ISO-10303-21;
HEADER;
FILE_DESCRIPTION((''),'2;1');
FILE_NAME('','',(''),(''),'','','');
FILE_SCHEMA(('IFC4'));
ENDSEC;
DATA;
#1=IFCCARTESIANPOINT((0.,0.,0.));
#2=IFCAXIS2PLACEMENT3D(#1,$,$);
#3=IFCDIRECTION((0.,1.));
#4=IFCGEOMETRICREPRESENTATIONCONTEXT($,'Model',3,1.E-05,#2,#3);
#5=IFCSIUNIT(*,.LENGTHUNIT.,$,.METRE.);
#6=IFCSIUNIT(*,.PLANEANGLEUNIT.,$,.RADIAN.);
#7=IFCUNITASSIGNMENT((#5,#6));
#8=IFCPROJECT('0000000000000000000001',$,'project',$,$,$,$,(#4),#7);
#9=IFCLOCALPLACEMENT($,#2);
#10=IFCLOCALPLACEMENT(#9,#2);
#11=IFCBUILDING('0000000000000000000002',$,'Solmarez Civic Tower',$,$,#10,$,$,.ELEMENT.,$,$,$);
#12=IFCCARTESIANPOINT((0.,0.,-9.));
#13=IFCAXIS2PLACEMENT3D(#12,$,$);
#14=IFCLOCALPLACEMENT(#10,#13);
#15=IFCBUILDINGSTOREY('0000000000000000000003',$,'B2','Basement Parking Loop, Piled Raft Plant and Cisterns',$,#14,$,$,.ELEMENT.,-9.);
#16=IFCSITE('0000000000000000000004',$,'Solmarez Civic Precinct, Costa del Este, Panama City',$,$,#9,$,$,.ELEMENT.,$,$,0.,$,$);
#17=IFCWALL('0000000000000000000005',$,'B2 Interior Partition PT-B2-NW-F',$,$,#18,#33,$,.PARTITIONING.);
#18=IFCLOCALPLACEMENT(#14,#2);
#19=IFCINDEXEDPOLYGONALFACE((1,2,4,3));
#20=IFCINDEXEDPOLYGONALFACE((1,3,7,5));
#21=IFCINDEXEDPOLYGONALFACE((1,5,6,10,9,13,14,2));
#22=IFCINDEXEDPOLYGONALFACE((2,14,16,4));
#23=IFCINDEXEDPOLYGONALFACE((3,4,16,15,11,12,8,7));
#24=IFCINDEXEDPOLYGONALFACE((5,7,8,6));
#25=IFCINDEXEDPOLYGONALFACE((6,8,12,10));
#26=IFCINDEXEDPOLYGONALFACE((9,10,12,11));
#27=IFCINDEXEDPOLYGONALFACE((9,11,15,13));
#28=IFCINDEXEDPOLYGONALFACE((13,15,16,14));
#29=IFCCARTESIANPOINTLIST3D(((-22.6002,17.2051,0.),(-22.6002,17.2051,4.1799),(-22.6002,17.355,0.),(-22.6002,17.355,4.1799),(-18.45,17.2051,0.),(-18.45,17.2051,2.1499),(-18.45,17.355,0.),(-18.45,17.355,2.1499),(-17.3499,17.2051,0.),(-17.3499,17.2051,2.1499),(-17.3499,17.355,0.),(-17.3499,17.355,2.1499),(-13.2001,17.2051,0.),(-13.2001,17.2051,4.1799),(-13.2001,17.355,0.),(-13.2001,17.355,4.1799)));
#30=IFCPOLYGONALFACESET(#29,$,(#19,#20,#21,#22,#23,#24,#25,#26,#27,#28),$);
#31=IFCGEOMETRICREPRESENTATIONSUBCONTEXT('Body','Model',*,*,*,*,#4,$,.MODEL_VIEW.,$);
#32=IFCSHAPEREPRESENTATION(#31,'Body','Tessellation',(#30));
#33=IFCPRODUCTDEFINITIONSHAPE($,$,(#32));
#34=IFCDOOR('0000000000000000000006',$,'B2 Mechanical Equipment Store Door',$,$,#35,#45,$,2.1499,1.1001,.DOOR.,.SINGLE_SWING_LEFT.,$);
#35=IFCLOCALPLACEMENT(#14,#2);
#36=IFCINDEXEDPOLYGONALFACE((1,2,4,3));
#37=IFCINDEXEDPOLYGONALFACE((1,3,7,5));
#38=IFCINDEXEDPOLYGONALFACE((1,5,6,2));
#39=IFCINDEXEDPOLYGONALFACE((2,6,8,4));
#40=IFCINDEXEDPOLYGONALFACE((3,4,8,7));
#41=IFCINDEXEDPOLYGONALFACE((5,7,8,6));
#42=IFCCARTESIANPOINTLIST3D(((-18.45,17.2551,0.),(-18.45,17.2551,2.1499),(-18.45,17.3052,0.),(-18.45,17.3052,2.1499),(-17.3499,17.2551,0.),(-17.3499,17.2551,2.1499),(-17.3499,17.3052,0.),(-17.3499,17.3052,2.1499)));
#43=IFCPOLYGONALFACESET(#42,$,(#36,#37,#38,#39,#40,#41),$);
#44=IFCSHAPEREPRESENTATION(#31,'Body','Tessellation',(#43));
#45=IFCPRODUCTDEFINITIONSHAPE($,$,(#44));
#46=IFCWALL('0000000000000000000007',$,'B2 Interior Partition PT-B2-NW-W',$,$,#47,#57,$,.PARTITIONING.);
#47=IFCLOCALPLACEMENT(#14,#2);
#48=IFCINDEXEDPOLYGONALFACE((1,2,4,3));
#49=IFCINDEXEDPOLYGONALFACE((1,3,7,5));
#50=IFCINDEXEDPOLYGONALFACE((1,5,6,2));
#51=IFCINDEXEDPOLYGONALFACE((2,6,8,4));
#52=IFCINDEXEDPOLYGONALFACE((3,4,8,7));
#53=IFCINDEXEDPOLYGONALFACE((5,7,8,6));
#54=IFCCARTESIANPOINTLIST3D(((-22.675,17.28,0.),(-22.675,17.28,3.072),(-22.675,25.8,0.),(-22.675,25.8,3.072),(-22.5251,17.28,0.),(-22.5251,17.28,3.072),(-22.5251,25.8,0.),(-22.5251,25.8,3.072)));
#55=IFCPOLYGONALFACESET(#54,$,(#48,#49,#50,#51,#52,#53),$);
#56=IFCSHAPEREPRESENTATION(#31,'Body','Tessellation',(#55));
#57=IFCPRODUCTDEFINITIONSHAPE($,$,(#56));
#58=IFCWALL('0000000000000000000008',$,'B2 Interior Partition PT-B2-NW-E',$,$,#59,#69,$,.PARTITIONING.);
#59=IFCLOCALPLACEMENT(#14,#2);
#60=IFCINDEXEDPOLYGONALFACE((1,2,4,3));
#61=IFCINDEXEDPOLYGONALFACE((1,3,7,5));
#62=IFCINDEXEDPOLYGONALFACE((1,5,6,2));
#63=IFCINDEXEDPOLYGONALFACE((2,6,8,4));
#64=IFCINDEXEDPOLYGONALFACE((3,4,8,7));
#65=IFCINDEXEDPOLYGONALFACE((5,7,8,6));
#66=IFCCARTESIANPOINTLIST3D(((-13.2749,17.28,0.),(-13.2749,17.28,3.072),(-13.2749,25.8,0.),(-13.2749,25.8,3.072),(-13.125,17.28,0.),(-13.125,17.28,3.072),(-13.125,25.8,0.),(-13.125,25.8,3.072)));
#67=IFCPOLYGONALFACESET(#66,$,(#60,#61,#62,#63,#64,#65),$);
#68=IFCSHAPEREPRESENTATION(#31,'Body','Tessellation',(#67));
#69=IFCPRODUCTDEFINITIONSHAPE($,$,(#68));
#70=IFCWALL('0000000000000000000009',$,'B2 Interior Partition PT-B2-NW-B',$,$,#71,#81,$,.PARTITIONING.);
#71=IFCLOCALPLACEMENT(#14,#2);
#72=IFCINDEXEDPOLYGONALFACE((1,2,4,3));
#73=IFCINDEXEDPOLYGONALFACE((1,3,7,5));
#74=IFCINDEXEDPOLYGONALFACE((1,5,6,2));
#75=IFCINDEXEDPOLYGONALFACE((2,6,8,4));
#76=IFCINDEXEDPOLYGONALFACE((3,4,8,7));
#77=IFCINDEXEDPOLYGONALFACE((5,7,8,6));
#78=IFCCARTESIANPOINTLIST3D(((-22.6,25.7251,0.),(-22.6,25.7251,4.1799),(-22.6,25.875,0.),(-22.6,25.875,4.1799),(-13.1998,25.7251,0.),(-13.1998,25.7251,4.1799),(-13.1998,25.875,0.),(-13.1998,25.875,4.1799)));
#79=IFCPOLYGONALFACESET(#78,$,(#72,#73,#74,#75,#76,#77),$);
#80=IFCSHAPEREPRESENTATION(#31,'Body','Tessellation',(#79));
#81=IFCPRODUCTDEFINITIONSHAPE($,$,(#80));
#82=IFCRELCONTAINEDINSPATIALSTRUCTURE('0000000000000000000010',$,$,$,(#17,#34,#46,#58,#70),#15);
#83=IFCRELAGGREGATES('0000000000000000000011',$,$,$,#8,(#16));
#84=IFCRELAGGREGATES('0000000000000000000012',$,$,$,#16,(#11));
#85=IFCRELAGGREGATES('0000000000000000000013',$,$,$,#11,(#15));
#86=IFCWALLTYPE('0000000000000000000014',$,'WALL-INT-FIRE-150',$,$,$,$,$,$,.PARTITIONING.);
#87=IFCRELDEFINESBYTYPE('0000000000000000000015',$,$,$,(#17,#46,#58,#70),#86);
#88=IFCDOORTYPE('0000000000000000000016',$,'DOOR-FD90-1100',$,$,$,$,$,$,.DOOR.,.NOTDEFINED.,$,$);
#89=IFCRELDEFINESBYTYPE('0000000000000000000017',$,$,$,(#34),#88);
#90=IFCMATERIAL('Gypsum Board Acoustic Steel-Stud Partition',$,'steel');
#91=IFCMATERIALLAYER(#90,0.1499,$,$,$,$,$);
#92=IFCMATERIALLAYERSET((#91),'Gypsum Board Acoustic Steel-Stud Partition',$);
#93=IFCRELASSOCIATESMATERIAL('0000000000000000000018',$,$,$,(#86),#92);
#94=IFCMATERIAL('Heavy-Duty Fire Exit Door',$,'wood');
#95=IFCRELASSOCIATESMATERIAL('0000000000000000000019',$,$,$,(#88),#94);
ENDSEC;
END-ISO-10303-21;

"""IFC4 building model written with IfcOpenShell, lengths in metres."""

from ifc_helpers import new_model, si_unit, direction, frame, frame_2d, origin, place, context, subcontext, project, spatial, rectangle, extrude, material, layer, layer_set, type_object, element, fill, save


model = new_model("IFC4")

# Units and contexts
model_context = context("Model", 3, precision=1e-05, world=origin(), true_north=direction((0.0, 1.0)))
body_context = subcontext(model_context, "Body", "Model", "MODEL_VIEW")
ifc_project = project(units=[si_unit("LENGTHUNIT", "METRE"), si_unit("PLANEANGLEUNIT", "RADIAN")], contexts=[model_context])

# Site, building, storey
site_placement = place(None, origin())
site = spatial("IfcSite", under=ifc_project, at=site_placement, Name="Solmarez Civic Precinct, Costa del Este, Panama City", CompositionType="ELEMENT", RefElevation=0.0)
building_placement = place(site_placement, origin())
building = spatial("IfcBuilding", under=site, at=building_placement, Name="Solmarez Civic Tower", CompositionType="ELEMENT")
storey_placement = place(building_placement, frame((0.0, 0.0, -9.0)))
storey = spatial("IfcBuildingStorey", under=building, at=storey_placement, Name="B2", Description="Basement Parking Loop, Piled Raft Plant and Cisterns", CompositionType="ELEMENT", Elevation=-9.0)

# Shared definitions
ifc_material_1 = material(Name="Gypsum Board Acoustic Steel-Stud Partition", Category="steel")
ifc_layer_1 = layer(ifc_material_1, 0.1499)
ifc_layer_set_1 = layer_set([ifc_layer_1], Name="Gypsum Board Acoustic Steel-Stud Partition")
wall_type = type_object("IfcWallType", Name="WALL-INT-FIRE-150", PredefinedType="PARTITIONING", material=ifc_layer_set_1)

# Wall, opening, door
wall_1_placement = place(storey_placement, frame((-13.2, 17.28, 0.0), z_axis=(0.0, 0.0, 1.0), x_axis=(-1.0, 0.0, 0.0)))
wall_1 = element("IfcWall", 1, at=wall_1_placement, inside=storey, type_object=wall_type, Name="B2 Interior Partition PT-B2-NW-F", PredefinedType="PARTITIONING", context=body_context, shape_type="SweptSolid", body=[
    extrude(rectangle(XDim=9.4001, YDim=0.1499, at=frame_2d((4.7002, 0.0))), origin(), (0.0, 0.0, 1.0), 4.1799),
])
opening_placement = place(wall_1_placement, frame((4.1499, 0.0, 0.0)))
opening = element("IfcOpeningElement", 2, at=opening_placement, cuts=wall_1, PredefinedType="OPENING", context=body_context, shape_type="SweptSolid", body=[
    extrude(rectangle(XDim=1.1001, YDim=2.1499, at=frame_2d((0.55, 1.075))), frame((0.0, 0.085, 0.0), z_axis=(0.0, -1.0, 0.0), x_axis=(1.0, 0.0, 0.0)), (0.0, 0.0, 1.0), 0.1699),
])
ifc_material_2 = material(Name="Heavy-Duty Fire Exit Door", Category="wood")
door_type = type_object("IfcDoorType", Name="DOOR-FD90-1100", OperationType="NOTDEFINED", PredefinedType="DOOR", material=ifc_material_2)
door_placement = place(opening_placement, origin())
door = element("IfcDoor", 3, at=door_placement, inside=storey, type_object=door_type, Name="B2 Mechanical Equipment Store Door", OperationType="SINGLE_SWING_LEFT", OverallHeight=2.1499, OverallWidth=1.1001, PredefinedType="DOOR", context=body_context, shape_type="SweptSolid", body=[
    extrude(rectangle(XDim=1.1001, YDim=2.1499, at=frame_2d((0.55, 1.075))), frame((0.0, 0.0249, 0.0), z_axis=(0.0, -1.0, 0.0), x_axis=(1.0, 0.0, 0.0)), (0.0, 0.0, 1.0), 0.05),
])
fill(opening, door)

# Walls
for number, where, z_axis, x_axis, name in (
    (4, (-22.6001, 17.28, 0.0), (0.0, 0.0, 1.0), (0.0, 1.0, 0.0), "B2 Interior Partition PT-B2-NW-W"),
    (5, (-13.2, 17.28, 0.0), (0.0, 0.0, 1.0), (0.0, 1.0, 0.0), "B2 Interior Partition PT-B2-NW-E"),
):
    element("IfcWall", number, at=place(storey_placement, frame(where, z_axis=z_axis, x_axis=x_axis)), inside=storey, type_object=wall_type, Name=name, PredefinedType="PARTITIONING", context=body_context, shape_type="SweptSolid", body=[
        extrude(rectangle(XDim=8.52, YDim=0.1499, at=frame_2d((4.26, 0.0))), origin(), (0.0, 0.0, 1.0), 3.072),
    ])
wall_2_placement = place(storey_placement, frame((-22.6001, 25.8, 0.0), z_axis=(0.0, 0.0, 1.0), x_axis=(1.0, 0.0, 0.0)))
element("IfcWall", 6, at=wall_2_placement, inside=storey, type_object=wall_type, Name="B2 Interior Partition PT-B2-NW-B", PredefinedType="PARTITIONING", context=body_context, shape_type="SweptSolid", body=[
    extrude(rectangle(XDim=9.4001, YDim=0.1499, at=frame_2d((4.7002, 0.0))), origin(), (0.0, 0.0, 1.0), 4.1799),
])

save(model, "model.ifc")
